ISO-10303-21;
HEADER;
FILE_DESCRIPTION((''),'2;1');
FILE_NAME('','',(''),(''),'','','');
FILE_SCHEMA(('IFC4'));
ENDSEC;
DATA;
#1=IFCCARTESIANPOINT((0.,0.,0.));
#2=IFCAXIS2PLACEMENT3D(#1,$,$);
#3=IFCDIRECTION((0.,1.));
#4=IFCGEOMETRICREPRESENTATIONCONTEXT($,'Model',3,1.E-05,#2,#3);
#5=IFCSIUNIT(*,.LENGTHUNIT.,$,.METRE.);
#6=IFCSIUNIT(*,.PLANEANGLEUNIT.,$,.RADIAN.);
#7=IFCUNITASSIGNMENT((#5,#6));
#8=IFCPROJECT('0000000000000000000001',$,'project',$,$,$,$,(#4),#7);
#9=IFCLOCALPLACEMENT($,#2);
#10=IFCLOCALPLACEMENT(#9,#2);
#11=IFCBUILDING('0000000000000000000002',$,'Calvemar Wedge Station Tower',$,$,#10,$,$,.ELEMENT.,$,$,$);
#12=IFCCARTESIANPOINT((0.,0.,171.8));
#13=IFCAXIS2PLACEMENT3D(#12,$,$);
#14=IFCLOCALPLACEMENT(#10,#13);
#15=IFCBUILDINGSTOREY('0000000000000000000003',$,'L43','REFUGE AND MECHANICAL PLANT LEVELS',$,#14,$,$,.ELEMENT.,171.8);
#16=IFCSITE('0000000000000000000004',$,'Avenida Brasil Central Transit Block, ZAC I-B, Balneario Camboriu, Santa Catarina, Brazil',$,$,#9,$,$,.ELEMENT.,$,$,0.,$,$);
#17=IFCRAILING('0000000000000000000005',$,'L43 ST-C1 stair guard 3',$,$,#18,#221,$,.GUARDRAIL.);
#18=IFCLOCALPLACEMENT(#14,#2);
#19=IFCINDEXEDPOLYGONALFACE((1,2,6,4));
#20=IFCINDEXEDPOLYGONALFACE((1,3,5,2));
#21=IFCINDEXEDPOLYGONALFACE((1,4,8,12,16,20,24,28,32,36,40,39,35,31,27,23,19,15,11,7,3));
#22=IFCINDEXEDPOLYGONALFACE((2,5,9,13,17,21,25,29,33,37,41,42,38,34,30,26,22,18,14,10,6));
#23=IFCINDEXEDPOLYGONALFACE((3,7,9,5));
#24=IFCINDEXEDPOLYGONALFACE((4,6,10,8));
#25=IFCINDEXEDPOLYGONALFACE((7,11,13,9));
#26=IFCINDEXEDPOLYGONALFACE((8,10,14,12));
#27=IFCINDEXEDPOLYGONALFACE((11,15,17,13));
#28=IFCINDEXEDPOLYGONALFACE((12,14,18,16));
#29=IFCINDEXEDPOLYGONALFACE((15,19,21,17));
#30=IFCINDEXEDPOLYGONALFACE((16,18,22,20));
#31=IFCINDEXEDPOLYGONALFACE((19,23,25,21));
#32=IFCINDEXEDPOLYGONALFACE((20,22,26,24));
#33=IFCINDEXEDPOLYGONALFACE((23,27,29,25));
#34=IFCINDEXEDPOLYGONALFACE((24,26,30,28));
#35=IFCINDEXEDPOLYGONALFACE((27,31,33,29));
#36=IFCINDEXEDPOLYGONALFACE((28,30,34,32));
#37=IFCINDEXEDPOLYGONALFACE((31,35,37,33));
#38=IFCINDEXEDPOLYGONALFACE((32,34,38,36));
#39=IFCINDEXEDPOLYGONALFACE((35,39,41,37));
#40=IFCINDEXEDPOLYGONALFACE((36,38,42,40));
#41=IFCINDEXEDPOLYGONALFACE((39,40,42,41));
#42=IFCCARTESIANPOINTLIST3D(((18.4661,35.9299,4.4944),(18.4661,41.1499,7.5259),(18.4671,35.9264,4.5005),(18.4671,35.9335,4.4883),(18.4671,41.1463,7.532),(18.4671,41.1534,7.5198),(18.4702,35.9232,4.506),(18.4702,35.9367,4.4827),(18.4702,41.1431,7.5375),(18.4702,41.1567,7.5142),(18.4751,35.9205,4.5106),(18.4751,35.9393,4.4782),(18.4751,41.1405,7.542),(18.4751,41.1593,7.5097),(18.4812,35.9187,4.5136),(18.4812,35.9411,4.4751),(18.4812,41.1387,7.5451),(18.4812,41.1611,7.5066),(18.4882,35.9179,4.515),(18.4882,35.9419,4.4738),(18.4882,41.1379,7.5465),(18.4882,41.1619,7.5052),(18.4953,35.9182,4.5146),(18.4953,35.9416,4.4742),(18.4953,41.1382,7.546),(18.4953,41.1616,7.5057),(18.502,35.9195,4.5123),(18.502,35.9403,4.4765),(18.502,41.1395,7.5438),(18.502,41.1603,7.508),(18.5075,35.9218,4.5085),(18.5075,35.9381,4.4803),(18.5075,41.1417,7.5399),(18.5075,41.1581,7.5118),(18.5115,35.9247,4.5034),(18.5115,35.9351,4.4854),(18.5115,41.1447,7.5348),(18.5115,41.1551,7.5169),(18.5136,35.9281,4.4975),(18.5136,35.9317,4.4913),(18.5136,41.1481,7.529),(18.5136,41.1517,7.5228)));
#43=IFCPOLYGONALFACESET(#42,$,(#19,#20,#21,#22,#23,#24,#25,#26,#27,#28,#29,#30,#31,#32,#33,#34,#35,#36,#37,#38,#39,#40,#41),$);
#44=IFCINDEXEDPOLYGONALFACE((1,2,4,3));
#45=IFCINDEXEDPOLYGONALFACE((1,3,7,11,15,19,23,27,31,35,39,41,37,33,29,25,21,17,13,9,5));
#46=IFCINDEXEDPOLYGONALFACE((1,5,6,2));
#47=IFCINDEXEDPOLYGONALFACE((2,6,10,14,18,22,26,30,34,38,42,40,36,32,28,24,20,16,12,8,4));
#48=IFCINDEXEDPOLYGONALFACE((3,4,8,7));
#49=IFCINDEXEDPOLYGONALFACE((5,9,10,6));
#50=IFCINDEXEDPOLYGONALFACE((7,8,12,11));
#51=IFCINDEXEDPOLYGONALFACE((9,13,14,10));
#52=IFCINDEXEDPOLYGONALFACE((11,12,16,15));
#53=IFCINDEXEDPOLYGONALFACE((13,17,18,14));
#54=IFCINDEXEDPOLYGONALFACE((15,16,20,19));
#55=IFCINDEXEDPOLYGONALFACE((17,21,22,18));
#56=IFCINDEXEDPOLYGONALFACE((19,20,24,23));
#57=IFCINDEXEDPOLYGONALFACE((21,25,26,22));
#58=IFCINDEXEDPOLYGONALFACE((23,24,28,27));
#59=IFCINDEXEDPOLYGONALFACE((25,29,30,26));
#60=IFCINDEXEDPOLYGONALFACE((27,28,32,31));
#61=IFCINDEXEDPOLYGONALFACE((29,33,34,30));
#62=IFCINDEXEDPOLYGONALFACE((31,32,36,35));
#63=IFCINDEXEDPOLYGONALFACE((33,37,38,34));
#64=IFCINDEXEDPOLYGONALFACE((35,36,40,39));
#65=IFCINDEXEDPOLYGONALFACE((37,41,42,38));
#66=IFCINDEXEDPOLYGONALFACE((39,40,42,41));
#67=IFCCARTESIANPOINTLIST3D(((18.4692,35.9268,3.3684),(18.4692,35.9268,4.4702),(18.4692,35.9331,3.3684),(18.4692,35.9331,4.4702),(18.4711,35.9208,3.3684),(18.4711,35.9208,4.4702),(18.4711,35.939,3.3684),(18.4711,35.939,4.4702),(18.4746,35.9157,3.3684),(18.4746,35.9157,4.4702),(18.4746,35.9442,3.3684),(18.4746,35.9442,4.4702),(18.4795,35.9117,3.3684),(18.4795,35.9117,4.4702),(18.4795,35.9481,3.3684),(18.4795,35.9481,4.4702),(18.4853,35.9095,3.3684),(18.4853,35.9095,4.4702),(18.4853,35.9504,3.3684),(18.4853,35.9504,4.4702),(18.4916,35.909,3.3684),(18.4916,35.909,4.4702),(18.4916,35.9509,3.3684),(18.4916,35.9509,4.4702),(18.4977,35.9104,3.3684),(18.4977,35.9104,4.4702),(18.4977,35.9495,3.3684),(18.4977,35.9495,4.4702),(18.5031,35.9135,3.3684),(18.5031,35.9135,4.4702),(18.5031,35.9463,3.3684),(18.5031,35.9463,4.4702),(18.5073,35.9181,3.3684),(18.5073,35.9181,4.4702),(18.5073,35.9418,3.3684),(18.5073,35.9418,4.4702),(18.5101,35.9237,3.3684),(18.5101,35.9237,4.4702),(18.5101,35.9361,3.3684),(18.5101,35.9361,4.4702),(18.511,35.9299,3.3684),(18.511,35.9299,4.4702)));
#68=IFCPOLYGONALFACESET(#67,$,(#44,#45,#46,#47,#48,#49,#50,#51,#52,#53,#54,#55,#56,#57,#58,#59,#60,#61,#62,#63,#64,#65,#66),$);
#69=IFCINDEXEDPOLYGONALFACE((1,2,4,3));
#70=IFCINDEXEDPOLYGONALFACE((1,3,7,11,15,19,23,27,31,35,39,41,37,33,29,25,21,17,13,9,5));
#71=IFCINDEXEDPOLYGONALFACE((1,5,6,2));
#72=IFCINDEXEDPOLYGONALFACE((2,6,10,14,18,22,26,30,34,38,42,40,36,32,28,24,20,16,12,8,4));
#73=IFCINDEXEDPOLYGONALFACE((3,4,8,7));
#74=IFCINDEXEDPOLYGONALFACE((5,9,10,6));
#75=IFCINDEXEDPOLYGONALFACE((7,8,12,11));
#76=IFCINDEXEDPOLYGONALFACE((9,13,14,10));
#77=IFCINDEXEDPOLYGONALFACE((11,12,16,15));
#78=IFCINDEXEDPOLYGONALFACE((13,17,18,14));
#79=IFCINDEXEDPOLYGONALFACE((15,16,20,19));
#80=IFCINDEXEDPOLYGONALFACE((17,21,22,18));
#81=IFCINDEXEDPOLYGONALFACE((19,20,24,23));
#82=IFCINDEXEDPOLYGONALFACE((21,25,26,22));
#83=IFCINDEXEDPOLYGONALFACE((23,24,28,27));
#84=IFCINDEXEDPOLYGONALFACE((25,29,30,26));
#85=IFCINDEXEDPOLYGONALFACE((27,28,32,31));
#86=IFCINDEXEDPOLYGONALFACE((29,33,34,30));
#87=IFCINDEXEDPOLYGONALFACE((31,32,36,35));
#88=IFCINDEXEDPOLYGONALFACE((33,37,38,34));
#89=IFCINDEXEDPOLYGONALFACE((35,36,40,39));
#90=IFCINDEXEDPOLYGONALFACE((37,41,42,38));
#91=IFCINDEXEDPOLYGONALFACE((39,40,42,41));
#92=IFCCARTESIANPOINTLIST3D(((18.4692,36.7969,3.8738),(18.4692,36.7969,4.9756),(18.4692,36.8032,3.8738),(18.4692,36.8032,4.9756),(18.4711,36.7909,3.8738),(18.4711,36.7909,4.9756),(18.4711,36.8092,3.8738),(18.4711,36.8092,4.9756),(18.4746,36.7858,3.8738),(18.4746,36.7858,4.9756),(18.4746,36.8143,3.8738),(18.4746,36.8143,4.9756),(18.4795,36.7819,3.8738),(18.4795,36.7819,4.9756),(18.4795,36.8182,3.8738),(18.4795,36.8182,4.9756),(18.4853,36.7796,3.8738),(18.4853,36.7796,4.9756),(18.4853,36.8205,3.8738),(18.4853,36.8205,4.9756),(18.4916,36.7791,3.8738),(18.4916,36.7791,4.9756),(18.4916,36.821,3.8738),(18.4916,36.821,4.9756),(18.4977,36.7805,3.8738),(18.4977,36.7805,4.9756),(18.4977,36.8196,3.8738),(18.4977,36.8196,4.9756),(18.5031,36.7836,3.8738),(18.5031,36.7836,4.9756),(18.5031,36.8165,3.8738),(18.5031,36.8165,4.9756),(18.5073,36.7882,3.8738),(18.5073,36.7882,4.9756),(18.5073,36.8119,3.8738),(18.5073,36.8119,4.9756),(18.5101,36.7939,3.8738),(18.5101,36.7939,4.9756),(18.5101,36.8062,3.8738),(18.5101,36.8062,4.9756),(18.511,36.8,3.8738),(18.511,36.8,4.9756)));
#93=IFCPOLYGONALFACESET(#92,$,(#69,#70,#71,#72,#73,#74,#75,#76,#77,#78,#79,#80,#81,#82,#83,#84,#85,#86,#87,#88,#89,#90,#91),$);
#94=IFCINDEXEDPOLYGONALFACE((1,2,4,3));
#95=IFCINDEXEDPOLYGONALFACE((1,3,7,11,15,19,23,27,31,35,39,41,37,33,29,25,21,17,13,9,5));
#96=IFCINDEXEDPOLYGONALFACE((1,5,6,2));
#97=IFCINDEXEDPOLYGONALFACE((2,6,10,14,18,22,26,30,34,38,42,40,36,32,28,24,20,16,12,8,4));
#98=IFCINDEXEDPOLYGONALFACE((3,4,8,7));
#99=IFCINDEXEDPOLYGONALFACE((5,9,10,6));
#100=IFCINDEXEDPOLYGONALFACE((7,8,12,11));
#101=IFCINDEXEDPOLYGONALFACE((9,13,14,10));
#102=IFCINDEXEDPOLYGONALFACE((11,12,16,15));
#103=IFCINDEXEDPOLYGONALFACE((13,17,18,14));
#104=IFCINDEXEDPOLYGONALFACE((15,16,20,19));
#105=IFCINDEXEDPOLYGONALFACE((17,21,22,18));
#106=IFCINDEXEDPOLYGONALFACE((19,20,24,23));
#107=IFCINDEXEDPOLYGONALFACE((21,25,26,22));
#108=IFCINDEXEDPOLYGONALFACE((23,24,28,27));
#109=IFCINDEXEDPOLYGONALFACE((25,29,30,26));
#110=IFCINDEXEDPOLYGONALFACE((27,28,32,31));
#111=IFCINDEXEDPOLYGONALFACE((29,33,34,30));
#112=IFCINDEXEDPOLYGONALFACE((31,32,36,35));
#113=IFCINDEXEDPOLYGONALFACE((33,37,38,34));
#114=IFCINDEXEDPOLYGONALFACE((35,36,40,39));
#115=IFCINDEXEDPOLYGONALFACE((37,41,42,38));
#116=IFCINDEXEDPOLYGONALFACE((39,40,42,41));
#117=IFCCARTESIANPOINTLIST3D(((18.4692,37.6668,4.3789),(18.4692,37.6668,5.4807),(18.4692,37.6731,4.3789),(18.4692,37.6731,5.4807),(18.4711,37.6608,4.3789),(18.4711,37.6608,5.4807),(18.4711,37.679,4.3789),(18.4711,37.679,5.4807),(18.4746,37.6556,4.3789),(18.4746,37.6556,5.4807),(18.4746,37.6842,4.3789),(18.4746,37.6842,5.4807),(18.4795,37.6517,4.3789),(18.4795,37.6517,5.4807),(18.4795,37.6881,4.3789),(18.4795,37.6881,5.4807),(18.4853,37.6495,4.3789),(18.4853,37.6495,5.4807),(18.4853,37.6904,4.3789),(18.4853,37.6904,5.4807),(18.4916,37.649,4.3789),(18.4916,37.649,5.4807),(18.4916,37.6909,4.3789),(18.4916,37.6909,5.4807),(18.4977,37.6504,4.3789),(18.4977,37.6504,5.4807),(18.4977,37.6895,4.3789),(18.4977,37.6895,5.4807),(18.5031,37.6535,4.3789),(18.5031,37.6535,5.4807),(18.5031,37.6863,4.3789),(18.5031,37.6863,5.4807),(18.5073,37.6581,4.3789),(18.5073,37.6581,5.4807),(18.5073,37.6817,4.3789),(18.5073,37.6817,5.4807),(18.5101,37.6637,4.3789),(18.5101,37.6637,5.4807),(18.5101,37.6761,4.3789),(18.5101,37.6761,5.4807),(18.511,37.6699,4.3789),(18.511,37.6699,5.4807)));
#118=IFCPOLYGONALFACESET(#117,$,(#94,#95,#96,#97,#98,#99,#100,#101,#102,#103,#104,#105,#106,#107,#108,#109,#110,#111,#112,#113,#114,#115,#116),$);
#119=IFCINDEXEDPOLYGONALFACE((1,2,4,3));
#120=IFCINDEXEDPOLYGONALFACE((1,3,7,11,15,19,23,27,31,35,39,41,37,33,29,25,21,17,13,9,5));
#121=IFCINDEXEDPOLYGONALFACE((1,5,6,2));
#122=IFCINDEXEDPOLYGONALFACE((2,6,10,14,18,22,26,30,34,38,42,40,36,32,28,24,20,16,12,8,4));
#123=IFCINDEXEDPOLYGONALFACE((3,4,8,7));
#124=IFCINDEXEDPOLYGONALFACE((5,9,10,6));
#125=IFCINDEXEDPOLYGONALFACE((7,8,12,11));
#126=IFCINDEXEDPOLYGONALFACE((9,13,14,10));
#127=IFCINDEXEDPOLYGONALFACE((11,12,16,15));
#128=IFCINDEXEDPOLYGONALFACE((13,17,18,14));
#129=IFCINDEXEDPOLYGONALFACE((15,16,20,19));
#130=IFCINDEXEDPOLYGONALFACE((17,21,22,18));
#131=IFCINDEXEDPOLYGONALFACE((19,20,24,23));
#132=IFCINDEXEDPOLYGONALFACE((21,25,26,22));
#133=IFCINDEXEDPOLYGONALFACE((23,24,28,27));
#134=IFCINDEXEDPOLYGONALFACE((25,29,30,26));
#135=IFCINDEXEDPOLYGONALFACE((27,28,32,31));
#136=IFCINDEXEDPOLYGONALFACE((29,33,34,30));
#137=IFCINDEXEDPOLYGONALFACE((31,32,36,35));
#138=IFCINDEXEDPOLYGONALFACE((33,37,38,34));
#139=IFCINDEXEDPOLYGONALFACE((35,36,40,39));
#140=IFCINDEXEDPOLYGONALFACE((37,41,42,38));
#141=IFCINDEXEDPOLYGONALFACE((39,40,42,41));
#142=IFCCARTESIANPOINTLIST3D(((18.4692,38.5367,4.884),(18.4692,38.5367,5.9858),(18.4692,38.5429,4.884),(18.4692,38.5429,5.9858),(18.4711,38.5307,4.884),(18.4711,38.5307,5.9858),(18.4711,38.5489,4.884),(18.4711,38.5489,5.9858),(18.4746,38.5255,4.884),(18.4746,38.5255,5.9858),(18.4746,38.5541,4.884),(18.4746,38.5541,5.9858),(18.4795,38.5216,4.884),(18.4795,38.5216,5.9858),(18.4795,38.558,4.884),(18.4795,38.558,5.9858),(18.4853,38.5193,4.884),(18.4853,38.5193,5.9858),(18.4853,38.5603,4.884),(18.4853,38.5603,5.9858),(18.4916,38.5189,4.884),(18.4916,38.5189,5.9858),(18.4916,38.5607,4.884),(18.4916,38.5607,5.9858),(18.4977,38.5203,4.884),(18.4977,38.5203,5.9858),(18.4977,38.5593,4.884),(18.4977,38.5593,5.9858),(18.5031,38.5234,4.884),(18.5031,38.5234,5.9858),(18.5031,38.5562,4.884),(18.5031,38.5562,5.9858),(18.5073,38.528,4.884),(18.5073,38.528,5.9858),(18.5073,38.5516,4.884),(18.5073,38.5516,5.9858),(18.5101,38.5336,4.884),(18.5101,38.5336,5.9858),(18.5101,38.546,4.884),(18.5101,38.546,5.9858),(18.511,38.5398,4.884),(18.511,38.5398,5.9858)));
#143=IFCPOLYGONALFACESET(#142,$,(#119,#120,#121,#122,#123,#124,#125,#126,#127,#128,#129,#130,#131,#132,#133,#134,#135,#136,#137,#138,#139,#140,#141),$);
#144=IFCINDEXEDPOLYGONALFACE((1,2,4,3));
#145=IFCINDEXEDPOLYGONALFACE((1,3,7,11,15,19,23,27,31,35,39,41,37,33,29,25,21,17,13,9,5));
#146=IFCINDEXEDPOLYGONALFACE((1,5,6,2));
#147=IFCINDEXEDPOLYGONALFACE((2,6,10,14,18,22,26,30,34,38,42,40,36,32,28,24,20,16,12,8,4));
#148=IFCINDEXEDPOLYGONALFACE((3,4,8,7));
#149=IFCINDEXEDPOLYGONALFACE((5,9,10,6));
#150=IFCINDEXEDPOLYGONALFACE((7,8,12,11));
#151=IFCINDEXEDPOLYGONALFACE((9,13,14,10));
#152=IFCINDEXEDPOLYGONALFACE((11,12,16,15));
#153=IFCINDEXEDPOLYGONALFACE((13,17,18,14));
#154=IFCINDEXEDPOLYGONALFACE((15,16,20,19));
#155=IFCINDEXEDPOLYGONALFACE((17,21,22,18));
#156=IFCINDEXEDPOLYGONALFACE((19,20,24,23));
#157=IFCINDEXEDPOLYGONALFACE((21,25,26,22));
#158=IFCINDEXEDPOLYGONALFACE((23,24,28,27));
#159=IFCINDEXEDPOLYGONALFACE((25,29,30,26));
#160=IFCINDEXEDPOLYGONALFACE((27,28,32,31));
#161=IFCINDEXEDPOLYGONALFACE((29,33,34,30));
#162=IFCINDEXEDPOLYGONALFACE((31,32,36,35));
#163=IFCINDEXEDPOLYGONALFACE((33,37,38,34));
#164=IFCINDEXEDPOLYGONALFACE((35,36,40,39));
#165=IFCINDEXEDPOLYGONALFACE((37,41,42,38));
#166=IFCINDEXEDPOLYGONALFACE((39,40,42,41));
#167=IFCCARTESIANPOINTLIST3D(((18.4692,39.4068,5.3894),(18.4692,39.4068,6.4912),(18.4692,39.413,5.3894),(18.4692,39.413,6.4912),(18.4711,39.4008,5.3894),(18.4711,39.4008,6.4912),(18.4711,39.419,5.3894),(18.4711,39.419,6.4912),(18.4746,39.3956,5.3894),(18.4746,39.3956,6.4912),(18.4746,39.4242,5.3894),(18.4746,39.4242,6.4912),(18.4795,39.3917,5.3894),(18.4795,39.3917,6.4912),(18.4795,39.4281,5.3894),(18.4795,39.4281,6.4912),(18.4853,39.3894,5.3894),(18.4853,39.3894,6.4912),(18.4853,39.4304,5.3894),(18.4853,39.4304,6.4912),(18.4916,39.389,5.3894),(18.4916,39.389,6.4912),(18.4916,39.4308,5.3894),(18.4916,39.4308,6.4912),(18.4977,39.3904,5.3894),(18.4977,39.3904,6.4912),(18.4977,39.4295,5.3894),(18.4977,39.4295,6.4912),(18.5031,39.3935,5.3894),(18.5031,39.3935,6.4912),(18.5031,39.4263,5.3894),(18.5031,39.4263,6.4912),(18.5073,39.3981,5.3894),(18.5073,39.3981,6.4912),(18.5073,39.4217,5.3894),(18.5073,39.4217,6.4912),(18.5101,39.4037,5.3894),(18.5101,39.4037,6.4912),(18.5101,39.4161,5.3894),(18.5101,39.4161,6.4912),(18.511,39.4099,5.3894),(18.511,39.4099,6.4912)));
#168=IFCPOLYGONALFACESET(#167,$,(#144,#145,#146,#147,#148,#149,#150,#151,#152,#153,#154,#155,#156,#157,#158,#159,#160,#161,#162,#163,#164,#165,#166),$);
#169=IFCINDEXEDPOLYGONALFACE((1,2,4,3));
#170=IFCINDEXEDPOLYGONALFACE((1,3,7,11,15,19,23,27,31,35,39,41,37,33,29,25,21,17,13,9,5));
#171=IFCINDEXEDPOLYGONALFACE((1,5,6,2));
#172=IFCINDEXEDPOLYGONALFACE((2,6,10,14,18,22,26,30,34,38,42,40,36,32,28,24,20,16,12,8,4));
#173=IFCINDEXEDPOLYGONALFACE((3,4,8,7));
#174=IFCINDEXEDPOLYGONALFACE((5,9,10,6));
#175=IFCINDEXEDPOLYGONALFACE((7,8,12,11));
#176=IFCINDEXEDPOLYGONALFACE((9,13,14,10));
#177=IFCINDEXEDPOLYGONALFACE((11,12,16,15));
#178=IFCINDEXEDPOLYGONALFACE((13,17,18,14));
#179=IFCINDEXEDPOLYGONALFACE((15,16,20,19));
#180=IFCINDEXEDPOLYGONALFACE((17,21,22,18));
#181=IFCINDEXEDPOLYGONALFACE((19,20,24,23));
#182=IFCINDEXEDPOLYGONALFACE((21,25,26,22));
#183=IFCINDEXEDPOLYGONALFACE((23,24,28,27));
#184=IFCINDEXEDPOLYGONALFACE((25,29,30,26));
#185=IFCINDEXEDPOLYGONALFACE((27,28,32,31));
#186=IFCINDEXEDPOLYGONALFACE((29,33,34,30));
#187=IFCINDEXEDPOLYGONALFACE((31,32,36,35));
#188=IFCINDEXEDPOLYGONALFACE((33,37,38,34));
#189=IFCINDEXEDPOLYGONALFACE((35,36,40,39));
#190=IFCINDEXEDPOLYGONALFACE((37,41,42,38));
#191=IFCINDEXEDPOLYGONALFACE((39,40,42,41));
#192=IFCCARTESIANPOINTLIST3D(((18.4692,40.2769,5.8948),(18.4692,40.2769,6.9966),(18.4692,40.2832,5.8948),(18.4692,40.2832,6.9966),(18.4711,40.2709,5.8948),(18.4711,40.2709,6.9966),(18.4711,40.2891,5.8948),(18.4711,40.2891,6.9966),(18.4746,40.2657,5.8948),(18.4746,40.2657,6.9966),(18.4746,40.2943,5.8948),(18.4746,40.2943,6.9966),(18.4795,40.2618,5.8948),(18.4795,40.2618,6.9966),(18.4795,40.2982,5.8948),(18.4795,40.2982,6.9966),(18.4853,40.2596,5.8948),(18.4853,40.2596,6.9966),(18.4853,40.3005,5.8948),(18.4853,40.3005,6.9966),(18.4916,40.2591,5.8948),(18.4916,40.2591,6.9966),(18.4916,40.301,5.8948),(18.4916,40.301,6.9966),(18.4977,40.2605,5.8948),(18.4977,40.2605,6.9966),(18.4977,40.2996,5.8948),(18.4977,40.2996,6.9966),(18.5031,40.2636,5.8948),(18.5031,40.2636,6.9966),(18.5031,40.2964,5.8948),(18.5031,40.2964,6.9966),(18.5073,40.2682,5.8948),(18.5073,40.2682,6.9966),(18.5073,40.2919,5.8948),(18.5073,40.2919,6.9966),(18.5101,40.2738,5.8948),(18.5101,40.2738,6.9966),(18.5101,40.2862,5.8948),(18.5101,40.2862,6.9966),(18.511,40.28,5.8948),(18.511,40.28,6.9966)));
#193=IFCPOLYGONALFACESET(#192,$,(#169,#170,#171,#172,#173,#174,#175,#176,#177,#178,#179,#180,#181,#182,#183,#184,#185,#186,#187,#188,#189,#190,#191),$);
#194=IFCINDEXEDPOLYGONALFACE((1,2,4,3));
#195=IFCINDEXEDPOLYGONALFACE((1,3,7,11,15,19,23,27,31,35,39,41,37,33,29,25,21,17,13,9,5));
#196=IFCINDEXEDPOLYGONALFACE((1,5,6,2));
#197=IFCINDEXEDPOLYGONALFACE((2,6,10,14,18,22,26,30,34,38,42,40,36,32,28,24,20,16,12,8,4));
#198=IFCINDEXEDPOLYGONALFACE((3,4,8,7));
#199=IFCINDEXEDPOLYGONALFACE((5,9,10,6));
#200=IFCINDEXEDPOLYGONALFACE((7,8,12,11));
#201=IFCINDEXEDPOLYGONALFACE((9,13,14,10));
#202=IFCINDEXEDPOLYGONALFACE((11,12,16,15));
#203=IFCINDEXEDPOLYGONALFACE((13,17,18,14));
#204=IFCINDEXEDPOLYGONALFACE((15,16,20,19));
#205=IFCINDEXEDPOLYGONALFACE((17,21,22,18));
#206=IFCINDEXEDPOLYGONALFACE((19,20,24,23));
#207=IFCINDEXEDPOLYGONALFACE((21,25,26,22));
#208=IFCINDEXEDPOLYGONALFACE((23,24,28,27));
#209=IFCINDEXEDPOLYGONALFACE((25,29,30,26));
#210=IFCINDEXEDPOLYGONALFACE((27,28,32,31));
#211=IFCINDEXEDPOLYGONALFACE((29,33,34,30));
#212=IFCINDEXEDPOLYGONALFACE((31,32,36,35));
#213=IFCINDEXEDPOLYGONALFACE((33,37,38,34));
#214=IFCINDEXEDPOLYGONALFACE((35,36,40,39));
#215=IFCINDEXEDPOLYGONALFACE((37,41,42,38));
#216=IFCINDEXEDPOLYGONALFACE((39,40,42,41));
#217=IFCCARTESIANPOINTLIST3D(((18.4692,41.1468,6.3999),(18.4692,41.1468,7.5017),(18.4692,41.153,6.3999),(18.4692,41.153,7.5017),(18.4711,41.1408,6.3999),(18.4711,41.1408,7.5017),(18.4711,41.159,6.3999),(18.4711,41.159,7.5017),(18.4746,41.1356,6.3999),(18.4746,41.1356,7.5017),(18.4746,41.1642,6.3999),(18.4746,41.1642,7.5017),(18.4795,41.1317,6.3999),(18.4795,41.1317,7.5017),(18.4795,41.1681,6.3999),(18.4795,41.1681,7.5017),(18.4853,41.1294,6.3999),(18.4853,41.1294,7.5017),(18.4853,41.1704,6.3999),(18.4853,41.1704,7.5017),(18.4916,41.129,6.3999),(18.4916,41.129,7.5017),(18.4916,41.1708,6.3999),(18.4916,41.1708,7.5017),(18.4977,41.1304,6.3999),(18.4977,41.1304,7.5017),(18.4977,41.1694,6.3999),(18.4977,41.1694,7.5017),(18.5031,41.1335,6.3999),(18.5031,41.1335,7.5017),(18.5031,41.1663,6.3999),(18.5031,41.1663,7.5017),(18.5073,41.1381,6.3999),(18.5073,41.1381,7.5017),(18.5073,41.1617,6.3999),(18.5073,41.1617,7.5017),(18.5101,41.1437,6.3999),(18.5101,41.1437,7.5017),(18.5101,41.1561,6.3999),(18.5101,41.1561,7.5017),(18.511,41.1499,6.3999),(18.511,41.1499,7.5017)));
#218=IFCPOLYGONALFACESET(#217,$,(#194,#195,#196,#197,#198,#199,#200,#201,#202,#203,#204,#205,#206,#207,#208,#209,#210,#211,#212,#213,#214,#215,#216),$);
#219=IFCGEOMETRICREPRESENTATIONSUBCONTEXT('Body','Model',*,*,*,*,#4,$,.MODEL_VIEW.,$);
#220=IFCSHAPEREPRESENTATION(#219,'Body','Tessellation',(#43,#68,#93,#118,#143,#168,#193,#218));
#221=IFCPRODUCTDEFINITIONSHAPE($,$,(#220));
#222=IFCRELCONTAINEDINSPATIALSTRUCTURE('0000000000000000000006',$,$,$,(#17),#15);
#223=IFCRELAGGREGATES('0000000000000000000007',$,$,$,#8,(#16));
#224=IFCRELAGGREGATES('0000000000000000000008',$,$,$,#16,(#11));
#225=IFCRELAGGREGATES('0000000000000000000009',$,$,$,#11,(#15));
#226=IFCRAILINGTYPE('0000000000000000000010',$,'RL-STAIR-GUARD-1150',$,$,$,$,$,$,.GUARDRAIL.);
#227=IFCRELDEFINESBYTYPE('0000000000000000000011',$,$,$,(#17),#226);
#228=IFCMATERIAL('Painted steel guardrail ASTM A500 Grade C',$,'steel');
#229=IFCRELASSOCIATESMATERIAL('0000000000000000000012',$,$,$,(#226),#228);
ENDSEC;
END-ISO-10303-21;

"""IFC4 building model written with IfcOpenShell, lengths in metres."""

from ifc_helpers import new_model, si_unit, direction, frame, origin, origin_2d, place, context, subcontext, project, spatial, circle, extrude, material, type_object, element, save


model = new_model("IFC4")

# Units and contexts
model_context = context("Model", 3, precision=1e-05, world=origin(), true_north=direction((0.0, 1.0)))
body_context = subcontext(model_context, "Body", "Model", "MODEL_VIEW")
ifc_project = project(units=[si_unit("LENGTHUNIT", "METRE"), si_unit("PLANEANGLEUNIT", "RADIAN")], contexts=[model_context])

# Site, building, storey
site_placement = place(None, origin())
site = spatial("IfcSite", under=ifc_project, at=site_placement, Name="Avenida Brasil Central Transit Block, ZAC I-B, Balneario Camboriu, Santa Catarina, Brazil", CompositionType="ELEMENT", RefElevation=0.0)
building_placement = place(site_placement, origin())
building = spatial("IfcBuilding", under=site, at=building_placement, Name="Calvemar Wedge Station Tower", CompositionType="ELEMENT")
storey_placement = place(building_placement, frame((0.0, 0.0, 171.8)))
storey = spatial("IfcBuildingStorey", under=building, at=storey_placement, Name="L43", Description="REFUGE AND MECHANICAL PLANT LEVELS", CompositionType="ELEMENT", Elevation=171.8)

# Railing
ifc_material_1 = material(Name="Painted steel guardrail ASTM A500 Grade C", Category="steel")
railing_type_1 = type_object("IfcRailingType", Name="RL-STAIR-GUARD-1150", PredefinedType="GUARDRAIL", material=ifc_material_1)
railing_1_placement = place(storey_placement, frame((18.49, 35.9299, 3.3684)))
element("IfcRailing", 1, at=railing_1_placement, inside=storey, type_object=railing_type_1, Name="L43 ST-C1 stair guard 3", PredefinedType="GUARDRAIL", context=body_context, shape_type="SweptSolid", body=[
    extrude(circle(Radius=0.0239, at=origin_2d()), frame((0.0, 0.0, 1.126), z_axis=(0.0, 0.86475, 0.502203), x_axis=(-1.0, 0.0, 0.0)), (0.0, 0.0, 1.0), 6.0364),
    extrude(circle(Radius=0.021, at=origin_2d()), origin(), (0.0, 0.0, 1.0), 1.1018),
    extrude(circle(Radius=0.021, at=origin_2d()), frame((0.0, 0.8701, 0.5054)), (0.0, 0.0, 1.0), 1.1018),
    extrude(circle(Radius=0.021, at=origin_2d()), frame((0.0, 1.74, 1.0105)), (0.0, 0.0, 1.0), 1.1018),
    extrude(circle(Radius=0.021, at=origin_2d()), frame((0.0, 2.6099, 1.5156)), (0.0, 0.0, 1.0), 1.1018),
    extrude(circle(Radius=0.021, at=origin_2d()), frame((0.0, 3.48, 2.021)), (0.0, 0.0, 1.0), 1.1018),
    extrude(circle(Radius=0.021, at=origin_2d()), frame((0.0, 4.3501, 2.5264)), (0.0, 0.0, 1.0), 1.1018),
    extrude(circle(Radius=0.021, at=origin_2d()), frame((0.0, 5.22, 3.0315)), (0.0, 0.0, 1.0), 1.1018),
])

save(model, "model.ifc")
